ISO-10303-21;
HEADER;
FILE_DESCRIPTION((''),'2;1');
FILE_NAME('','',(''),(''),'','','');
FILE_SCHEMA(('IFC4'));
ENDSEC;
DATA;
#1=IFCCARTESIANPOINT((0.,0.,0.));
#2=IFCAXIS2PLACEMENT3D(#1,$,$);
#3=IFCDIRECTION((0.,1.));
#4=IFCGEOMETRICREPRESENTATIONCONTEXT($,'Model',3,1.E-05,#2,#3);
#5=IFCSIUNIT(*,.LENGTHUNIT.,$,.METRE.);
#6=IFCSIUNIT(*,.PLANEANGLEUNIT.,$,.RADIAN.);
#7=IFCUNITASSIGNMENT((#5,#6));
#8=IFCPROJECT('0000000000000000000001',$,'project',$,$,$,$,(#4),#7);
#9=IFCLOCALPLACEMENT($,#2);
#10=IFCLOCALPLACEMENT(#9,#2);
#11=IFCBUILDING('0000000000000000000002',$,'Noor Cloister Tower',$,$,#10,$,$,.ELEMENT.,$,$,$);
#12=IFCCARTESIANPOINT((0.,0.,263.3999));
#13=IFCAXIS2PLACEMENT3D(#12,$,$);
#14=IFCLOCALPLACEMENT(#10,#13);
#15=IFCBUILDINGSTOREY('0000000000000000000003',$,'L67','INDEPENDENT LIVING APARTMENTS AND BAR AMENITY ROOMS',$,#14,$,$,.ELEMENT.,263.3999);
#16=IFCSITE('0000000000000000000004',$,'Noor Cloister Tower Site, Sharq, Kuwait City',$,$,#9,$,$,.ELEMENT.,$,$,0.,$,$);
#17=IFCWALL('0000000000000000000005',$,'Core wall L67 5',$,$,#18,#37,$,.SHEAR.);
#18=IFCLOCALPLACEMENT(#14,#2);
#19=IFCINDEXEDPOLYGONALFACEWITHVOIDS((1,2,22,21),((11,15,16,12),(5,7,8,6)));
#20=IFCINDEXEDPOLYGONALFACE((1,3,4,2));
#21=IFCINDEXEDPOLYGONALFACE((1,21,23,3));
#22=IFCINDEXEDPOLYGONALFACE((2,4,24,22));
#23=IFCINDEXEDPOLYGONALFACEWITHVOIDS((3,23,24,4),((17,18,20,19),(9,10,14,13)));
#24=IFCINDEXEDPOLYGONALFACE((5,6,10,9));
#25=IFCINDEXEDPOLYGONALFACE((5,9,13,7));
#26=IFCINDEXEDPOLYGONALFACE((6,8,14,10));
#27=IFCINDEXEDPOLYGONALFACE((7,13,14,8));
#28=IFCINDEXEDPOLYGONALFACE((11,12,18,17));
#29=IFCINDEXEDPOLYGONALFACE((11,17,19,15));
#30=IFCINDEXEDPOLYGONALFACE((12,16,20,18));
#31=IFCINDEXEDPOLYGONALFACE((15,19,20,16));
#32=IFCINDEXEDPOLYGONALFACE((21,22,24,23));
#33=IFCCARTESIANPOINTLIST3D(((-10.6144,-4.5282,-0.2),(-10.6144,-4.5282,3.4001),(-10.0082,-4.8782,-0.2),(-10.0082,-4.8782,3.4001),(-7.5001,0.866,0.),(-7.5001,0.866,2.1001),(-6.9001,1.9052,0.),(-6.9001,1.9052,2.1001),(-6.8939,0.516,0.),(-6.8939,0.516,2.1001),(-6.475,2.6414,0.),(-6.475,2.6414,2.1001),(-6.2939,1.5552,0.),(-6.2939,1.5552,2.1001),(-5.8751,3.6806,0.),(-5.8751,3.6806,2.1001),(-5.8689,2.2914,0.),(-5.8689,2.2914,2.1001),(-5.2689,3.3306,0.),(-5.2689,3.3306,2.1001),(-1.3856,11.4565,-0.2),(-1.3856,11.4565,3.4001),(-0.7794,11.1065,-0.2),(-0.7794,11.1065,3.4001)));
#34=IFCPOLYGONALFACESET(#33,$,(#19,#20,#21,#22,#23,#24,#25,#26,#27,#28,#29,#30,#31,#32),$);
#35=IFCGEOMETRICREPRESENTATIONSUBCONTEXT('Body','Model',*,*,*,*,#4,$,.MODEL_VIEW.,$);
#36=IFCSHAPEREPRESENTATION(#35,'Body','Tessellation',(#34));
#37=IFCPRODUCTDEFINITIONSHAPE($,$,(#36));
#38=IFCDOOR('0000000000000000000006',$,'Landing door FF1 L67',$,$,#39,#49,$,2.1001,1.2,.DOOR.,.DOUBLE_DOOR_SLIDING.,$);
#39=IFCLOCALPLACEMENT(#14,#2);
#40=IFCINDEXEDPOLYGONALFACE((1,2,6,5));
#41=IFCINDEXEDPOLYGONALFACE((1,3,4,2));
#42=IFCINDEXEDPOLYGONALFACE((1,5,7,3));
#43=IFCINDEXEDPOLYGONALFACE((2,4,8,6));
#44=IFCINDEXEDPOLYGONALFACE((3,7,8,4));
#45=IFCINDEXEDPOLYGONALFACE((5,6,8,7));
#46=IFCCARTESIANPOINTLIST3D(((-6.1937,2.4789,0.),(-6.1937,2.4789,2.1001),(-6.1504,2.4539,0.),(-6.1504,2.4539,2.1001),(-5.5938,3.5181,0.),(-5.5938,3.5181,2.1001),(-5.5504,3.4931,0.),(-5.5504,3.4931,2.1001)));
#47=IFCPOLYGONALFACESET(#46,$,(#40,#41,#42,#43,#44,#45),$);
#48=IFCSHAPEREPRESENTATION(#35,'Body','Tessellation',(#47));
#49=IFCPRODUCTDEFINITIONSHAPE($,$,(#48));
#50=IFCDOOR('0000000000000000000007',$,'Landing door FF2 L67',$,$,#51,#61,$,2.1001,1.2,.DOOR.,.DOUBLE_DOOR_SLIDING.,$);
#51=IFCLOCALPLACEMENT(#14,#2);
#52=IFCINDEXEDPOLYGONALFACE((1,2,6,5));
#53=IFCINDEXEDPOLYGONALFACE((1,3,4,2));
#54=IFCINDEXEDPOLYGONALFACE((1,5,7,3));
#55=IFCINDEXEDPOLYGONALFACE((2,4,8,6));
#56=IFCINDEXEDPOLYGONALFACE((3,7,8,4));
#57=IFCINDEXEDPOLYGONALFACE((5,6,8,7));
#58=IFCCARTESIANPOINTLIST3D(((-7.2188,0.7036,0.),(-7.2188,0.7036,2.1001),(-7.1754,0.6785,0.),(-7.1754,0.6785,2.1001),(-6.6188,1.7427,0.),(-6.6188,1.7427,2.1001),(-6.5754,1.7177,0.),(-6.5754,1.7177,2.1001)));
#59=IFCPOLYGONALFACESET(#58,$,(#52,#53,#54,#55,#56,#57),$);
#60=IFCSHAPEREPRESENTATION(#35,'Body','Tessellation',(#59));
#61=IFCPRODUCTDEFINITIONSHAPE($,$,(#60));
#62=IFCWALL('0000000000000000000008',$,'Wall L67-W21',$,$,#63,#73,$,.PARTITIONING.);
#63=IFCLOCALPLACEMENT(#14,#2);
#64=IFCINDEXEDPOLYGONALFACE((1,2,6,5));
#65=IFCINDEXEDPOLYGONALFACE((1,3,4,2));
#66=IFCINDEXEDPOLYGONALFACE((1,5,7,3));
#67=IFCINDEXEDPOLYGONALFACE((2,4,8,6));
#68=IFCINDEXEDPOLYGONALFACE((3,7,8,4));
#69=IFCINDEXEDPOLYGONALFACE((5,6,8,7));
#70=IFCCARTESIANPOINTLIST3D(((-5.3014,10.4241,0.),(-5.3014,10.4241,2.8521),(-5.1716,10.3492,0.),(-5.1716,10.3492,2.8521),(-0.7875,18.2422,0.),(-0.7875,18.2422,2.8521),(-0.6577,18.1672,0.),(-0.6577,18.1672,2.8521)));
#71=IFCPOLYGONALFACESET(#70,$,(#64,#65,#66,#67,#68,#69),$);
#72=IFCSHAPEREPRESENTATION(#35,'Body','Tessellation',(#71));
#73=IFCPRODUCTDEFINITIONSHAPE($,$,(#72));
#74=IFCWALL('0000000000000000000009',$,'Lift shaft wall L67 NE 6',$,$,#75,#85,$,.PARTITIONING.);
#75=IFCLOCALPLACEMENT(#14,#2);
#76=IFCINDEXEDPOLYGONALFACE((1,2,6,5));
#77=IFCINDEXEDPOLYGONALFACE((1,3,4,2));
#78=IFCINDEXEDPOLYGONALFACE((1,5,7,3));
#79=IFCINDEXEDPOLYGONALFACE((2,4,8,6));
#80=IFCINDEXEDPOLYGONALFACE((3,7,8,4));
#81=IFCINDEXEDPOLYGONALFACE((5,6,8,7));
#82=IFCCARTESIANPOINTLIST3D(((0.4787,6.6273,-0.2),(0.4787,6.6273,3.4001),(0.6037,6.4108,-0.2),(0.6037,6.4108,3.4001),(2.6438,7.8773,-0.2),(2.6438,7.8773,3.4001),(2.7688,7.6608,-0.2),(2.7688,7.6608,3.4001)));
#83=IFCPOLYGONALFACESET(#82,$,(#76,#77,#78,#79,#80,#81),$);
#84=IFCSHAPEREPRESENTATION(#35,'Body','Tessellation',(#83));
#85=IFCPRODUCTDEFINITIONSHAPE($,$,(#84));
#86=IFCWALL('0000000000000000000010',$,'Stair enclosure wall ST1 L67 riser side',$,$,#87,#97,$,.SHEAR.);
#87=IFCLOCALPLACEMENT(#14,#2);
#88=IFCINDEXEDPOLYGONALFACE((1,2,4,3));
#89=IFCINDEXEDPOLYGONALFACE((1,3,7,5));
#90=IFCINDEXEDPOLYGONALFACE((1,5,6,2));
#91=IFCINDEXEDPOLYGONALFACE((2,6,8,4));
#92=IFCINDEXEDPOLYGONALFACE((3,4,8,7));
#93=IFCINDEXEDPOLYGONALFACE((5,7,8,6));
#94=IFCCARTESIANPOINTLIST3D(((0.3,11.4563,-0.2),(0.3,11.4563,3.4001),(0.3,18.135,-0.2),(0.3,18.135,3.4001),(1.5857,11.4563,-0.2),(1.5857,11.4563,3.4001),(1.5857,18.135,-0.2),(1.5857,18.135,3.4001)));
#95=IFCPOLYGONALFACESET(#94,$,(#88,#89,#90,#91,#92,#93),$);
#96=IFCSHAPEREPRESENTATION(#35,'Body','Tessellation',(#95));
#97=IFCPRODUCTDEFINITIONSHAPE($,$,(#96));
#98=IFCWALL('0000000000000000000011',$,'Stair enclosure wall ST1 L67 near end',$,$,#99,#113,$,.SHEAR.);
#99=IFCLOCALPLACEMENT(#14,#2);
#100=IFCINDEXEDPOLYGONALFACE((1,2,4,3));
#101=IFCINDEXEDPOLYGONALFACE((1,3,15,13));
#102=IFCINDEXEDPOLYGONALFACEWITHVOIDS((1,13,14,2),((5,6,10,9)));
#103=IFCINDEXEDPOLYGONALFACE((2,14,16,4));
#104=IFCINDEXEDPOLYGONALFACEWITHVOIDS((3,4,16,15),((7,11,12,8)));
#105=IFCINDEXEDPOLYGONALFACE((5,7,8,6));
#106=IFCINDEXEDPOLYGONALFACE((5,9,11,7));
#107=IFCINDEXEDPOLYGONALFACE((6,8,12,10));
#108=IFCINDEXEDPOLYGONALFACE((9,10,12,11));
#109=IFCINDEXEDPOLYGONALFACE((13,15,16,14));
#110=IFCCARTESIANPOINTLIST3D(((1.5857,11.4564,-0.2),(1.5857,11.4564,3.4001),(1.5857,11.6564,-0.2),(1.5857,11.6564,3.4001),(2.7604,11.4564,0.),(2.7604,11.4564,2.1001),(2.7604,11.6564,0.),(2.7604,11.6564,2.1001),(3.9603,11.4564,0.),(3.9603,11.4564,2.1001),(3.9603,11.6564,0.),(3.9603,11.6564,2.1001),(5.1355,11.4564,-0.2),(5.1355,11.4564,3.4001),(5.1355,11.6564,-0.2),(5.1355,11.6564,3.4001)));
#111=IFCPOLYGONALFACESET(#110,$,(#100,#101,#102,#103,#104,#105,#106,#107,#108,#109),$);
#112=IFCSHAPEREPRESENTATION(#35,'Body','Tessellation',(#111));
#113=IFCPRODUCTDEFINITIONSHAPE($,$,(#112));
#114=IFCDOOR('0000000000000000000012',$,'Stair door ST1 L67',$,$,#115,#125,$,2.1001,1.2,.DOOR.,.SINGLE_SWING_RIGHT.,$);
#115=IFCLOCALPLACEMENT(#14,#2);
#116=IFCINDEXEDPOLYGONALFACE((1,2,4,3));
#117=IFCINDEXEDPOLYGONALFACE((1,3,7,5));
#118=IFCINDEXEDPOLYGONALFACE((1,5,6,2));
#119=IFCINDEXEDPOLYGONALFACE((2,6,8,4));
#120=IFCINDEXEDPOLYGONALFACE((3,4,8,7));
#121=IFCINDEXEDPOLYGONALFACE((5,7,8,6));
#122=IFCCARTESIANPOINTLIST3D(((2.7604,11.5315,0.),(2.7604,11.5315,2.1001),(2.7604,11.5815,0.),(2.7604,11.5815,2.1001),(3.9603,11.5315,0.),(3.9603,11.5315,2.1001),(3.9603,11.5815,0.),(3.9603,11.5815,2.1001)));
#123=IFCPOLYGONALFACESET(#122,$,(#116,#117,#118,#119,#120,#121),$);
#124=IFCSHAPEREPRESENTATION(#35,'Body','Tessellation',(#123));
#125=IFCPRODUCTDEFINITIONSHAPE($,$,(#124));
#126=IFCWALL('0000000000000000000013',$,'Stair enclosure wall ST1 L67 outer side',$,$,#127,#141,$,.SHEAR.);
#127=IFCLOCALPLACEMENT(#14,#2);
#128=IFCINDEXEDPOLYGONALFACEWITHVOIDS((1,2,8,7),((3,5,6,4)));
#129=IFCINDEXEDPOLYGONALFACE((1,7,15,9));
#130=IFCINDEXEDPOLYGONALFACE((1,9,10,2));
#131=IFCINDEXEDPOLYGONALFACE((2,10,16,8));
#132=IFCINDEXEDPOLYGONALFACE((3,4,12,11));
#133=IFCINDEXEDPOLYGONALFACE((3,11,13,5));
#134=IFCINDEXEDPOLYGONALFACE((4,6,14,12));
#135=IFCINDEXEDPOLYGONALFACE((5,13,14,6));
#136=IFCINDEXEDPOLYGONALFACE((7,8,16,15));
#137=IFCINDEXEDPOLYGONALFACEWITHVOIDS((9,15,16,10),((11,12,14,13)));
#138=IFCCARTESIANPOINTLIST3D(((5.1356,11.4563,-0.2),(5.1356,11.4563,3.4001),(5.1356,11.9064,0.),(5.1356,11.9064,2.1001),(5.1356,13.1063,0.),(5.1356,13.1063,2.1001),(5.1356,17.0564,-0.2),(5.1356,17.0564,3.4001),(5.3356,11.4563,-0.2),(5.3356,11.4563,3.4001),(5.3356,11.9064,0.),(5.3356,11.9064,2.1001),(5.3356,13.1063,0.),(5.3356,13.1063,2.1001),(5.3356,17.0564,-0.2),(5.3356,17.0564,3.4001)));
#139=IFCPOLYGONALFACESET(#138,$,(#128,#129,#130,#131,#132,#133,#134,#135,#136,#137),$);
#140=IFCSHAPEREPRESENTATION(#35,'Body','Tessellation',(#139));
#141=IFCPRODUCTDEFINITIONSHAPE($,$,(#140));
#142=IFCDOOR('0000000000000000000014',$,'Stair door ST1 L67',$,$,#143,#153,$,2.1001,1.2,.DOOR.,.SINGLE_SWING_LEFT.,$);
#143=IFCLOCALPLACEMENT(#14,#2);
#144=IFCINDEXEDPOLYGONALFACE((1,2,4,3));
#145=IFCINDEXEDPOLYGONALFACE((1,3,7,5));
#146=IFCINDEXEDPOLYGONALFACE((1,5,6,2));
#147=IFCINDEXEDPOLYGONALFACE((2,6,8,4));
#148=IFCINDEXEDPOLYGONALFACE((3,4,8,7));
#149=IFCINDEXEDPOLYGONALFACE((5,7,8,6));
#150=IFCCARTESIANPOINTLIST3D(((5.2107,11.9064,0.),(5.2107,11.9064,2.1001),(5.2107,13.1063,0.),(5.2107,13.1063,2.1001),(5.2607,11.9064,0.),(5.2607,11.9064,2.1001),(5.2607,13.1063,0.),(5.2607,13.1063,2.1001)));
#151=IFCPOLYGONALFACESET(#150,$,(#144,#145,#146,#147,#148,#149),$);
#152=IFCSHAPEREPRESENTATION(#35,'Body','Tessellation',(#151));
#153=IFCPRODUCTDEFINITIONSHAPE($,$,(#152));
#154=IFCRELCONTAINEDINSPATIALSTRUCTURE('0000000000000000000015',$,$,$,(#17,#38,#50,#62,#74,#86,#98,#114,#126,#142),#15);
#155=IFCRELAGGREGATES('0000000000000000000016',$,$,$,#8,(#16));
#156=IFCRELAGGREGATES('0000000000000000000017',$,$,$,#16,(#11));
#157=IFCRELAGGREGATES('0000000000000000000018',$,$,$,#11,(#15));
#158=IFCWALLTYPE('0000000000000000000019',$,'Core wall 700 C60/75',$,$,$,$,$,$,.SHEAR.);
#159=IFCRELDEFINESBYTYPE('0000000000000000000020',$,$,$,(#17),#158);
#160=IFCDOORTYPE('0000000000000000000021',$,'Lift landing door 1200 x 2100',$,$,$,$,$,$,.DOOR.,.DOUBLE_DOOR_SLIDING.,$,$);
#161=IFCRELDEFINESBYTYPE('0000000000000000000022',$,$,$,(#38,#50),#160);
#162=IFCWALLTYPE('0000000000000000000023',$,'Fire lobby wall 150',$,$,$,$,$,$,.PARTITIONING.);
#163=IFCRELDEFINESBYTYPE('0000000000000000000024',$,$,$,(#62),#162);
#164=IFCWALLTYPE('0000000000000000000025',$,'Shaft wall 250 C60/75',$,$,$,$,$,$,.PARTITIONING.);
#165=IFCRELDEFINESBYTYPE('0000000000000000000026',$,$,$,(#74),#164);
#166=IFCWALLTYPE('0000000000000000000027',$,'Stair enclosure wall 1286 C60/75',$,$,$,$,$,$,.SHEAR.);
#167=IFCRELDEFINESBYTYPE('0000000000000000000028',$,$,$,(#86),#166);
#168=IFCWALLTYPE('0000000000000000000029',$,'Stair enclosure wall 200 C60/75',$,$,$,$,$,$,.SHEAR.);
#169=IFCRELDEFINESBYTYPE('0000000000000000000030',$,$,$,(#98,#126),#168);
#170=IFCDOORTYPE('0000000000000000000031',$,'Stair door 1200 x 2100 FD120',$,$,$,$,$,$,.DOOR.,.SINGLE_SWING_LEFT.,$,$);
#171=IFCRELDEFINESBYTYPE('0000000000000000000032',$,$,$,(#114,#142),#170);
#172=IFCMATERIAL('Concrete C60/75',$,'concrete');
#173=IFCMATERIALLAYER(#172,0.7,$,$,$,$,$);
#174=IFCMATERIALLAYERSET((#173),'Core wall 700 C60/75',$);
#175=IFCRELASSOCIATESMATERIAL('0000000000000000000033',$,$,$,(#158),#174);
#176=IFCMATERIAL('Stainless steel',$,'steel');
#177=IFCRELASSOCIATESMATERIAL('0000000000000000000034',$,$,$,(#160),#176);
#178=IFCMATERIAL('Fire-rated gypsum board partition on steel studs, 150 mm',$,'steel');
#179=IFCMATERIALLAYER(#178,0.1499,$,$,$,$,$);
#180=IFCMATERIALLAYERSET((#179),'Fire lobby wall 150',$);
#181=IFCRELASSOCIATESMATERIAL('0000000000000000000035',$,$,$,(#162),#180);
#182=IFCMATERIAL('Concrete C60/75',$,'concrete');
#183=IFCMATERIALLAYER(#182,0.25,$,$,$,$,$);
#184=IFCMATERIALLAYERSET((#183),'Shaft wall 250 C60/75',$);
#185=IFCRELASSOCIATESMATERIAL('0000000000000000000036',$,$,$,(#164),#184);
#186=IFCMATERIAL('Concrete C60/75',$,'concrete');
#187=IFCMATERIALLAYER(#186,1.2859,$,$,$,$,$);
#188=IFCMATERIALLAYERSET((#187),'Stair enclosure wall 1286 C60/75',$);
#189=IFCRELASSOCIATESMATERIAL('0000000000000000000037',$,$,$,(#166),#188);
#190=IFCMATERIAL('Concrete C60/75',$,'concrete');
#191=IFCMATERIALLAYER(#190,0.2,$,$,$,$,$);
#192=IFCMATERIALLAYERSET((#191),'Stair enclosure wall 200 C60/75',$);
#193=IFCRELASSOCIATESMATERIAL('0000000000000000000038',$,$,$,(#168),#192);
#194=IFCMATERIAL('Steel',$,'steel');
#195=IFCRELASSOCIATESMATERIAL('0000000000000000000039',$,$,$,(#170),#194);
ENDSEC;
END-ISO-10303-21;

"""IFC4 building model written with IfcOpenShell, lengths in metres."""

from ifc_helpers import new_model, si_unit, direction, frame, frame_2d, origin, place, context, subcontext, project, spatial, rectangle, extrude, material, layer, layer_set, type_object, element, fill, save


model = new_model("IFC4")

# Units and contexts
model_context = context("Model", 3, precision=1e-05, world=origin(), true_north=direction((0.0, 1.0)))
body_context = subcontext(model_context, "Body", "Model", "MODEL_VIEW")
ifc_project = project(units=[si_unit("LENGTHUNIT", "METRE"), si_unit("PLANEANGLEUNIT", "RADIAN")], contexts=[model_context])

# Site, building, storey
site_placement = place(None, origin())
site = spatial("IfcSite", under=ifc_project, at=site_placement, Name="Noor Cloister Tower Site, Sharq, Kuwait City", CompositionType="ELEMENT", RefElevation=0.0)
building_placement = place(site_placement, origin())
building = spatial("IfcBuilding", under=site, at=building_placement, Name="Noor Cloister Tower", CompositionType="ELEMENT")
storey_placement = place(building_placement, frame((0.0, 0.0, 263.3999)))
storey = spatial("IfcBuildingStorey", under=building, at=storey_placement, Name="L67", Description="INDEPENDENT LIVING APARTMENTS AND BAR AMENITY ROOMS", CompositionType="ELEMENT", Elevation=263.3999)

# Shared definitions
ifc_material_1 = material(Name="Concrete C60/75", Category="concrete")
ifc_layer_1 = layer(ifc_material_1, 0.7)
ifc_layer_set_1 = layer_set([ifc_layer_1], Name="Core wall 700 C60/75")
wall_type_1 = type_object("IfcWallType", Name="Core wall 700 C60/75", PredefinedType="SHEAR", material=ifc_layer_set_1)

# Wall, openings, doors
wall_1_placement = place(storey_placement, frame((-1.0825, 11.2815, -0.2), z_axis=(0.0, 0.0, 1.0), x_axis=(-0.500001, -0.866025, 0.0)))
wall_1 = element("IfcWall", 1, at=wall_1_placement, inside=storey, type_object=wall_type_1, Name="Core wall L67 5", PredefinedType="SHEAR", context=body_context, shape_type="SweptSolid", body=[
    extrude(rectangle(XDim=18.4575, YDim=0.7, at=frame_2d((9.2288, 0.0))), origin(), (0.0, 0.0, 1.0), 3.6001),
])
opening_1_placement = place(wall_1_placement, frame((8.9788, 0.0, 0.2)))
opening_1 = element("IfcOpeningElement", 2, at=opening_1_placement, cuts=wall_1, PredefinedType="OPENING", context=body_context, shape_type="SweptSolid", body=[
    extrude(rectangle(XDim=1.2, YDim=2.1001, at=frame_2d((0.6001, 1.05))), frame((0.0, 0.3599, 0.0), z_axis=(0.0, -1.0, 0.0), x_axis=(1.0, 0.0, 0.0)), (0.0, 0.0, 1.0), 0.72),
])
opening_2_placement = place(wall_1_placement, frame((11.0288, 0.0, 0.2)))
opening_2 = element("IfcOpeningElement", 3, at=opening_2_placement, cuts=wall_1, PredefinedType="OPENING", context=body_context, shape_type="SweptSolid", body=[
    extrude(rectangle(XDim=1.2, YDim=2.1001, at=frame_2d((0.6001, 1.05))), frame((0.0, 0.3599, 0.0), z_axis=(0.0, -1.0, 0.0), x_axis=(1.0, 0.0, 0.0)), (0.0, 0.0, 1.0), 0.72),
])
ifc_material_2 = material(Name="Stainless steel", Category="steel")
door_type_1 = type_object("IfcDoorType", Name="Lift landing door 1200 x 2100", OperationType="DOUBLE_DOOR_SLIDING", PredefinedType="DOOR", material=ifc_material_2)
door_1_placement = place(opening_1_placement, origin())
door_1 = element("IfcDoor", 4, at=door_1_placement, inside=storey, type_object=door_type_1, Name="Landing door FF1 L67", OperationType="DOUBLE_DOOR_SLIDING", OverallHeight=2.1001, OverallWidth=1.2, PredefinedType="DOOR", context=body_context, shape_type="SweptSolid", body=[
    extrude(rectangle(XDim=1.2, YDim=2.1001, at=frame_2d((0.6001, 1.05))), frame((0.0, 0.0249, 0.0), z_axis=(0.0, -1.0, 0.0), x_axis=(1.0, 0.0, 0.0)), (0.0, 0.0, 1.0), 0.05),
])
fill(opening_1, door_1)
door_2_placement = place(opening_2_placement, origin())
door_2 = element("IfcDoor", 5, at=door_2_placement, inside=storey, type_object=door_type_1, Name="Landing door FF2 L67", OperationType="DOUBLE_DOOR_SLIDING", OverallHeight=2.1001, OverallWidth=1.2, PredefinedType="DOOR", context=body_context, shape_type="SweptSolid", body=[
    extrude(rectangle(XDim=1.2, YDim=2.1001, at=frame_2d((0.6001, 1.05))), frame((0.0, 0.0249, 0.0), z_axis=(0.0, -1.0, 0.0), x_axis=(1.0, 0.0, 0.0)), (0.0, 0.0, 1.0), 0.05),
])
fill(opening_2, door_2)

# Walls
ifc_material_3 = material(Name="Fire-rated gypsum board partition on steel studs, 150 mm", Category="steel")
ifc_layer_2 = layer(ifc_material_3, 0.1499)
ifc_layer_set_2 = layer_set([ifc_layer_2], Name="Fire lobby wall 150")
wall_type_2 = type_object("IfcWallType", Name="Fire lobby wall 150", PredefinedType="PARTITIONING", material=ifc_layer_set_2)
wall_2_placement = place(storey_placement, frame((-0.7227, 18.2046, 0.0), z_axis=(0.0, 0.0, 1.0), x_axis=(-0.50001, -0.866019, 0.0)))
element("IfcWall", 6, at=wall_2_placement, inside=storey, type_object=wall_type_2, Name="Wall L67-W21", PredefinedType="PARTITIONING", context=body_context, shape_type="SweptSolid", body=[
    extrude(rectangle(XDim=9.0276, YDim=0.1499, at=frame_2d((4.5137, 0.0))), origin(), (0.0, 0.0, 1.0), 2.8521),
])
ifc_material_4 = material(Name="Concrete C60/75", Category="concrete")
ifc_layer_3 = layer(ifc_material_4, 0.25)
ifc_layer_set_3 = layer_set([ifc_layer_3], Name="Shaft wall 250 C60/75")
wall_type_3 = type_object("IfcWallType", Name="Shaft wall 250 C60/75", PredefinedType="PARTITIONING", material=ifc_layer_set_3)
wall_3_placement = place(storey_placement, frame((2.7063, 7.769, -0.2), z_axis=(0.0, 0.0, 1.0), x_axis=(-0.866023, -0.500004, 0.0)))
element("IfcWall", 7, at=wall_3_placement, inside=storey, type_object=wall_type_3, Name="Lift shaft wall L67 NE 6", PredefinedType="PARTITIONING", context=body_context, shape_type="SweptSolid", body=[
    extrude(rectangle(XDim=2.5, YDim=0.25, at=frame_2d((1.25, 0.0))), origin(), (0.0, 0.0, 1.0), 3.6001),
])
ifc_material_5 = material(Name="Concrete C60/75", Category="concrete")
ifc_layer_4 = layer(ifc_material_5, 1.2859)
ifc_layer_set_4 = layer_set([ifc_layer_4], Name="Stair enclosure wall 1286 C60/75")
wall_type_4 = type_object("IfcWallType", Name="Stair enclosure wall 1286 C60/75", PredefinedType="SHEAR", material=ifc_layer_set_4)
wall_4_placement = place(storey_placement, frame((0.9429, 11.4563, -0.2), z_axis=(0.0, 0.0, 1.0), x_axis=(0.0, 1.0, 0.0)))
element("IfcWall", 8, at=wall_4_placement, inside=storey, type_object=wall_type_4, Name="Stair enclosure wall ST1 L67 riser side", PredefinedType="SHEAR", context=body_context, shape_type="SweptSolid", body=[
    extrude(rectangle(XDim=6.6787, YDim=1.2856, at=frame_2d((3.3394, 0.0))), origin(), (0.0, 0.0, 1.0), 3.6001),
])

# Walls, openings, doors
ifc_material_6 = material(Name="Concrete C60/75", Category="concrete")
ifc_layer_5 = layer(ifc_material_6, 0.2)
ifc_layer_set_5 = layer_set([ifc_layer_5], Name="Stair enclosure wall 200 C60/75")
wall_type_5 = type_object("IfcWallType", Name="Stair enclosure wall 200 C60/75", PredefinedType="SHEAR", material=ifc_layer_set_5)
wall_5_placement = place(storey_placement, frame((5.1355, 11.5564, -0.2), z_axis=(0.0, 0.0, 1.0), x_axis=(-1.0, 0.0, 0.0)))
wall_5 = element("IfcWall", 9, at=wall_5_placement, inside=storey, type_object=wall_type_5, Name="Stair enclosure wall ST1 L67 near end", PredefinedType="SHEAR", context=body_context, shape_type="SweptSolid", body=[
    extrude(rectangle(XDim=3.5498, YDim=0.2, at=frame_2d((1.7749, 0.0))), origin(), (0.0, 0.0, 1.0), 3.6001),
])
opening_3_placement = place(wall_5_placement, frame((1.175, 0.0, 0.2)))
opening_3 = element("IfcOpeningElement", 10, at=opening_3_placement, cuts=wall_5, PredefinedType="OPENING", context=body_context, shape_type="SweptSolid", body=[
    extrude(rectangle(XDim=1.2, YDim=2.1001, at=frame_2d((0.6001, 1.05))), frame((0.0, 0.1099, 0.0), z_axis=(0.0, -1.0, 0.0), x_axis=(1.0, 0.0, 0.0)), (0.0, 0.0, 1.0), 0.22),
])
ifc_material_7 = material(Name="Steel", Category="steel")
door_type_2 = type_object("IfcDoorType", Name="Stair door 1200 x 2100 FD120", OperationType="SINGLE_SWING_LEFT", PredefinedType="DOOR", material=ifc_material_7)
door_3_placement = place(opening_3_placement, origin())
door_3 = element("IfcDoor", 11, at=door_3_placement, inside=storey, type_object=door_type_2, Name="Stair door ST1 L67", OperationType="SINGLE_SWING_RIGHT", OverallHeight=2.1001, OverallWidth=1.2, PredefinedType="DOOR", context=body_context, shape_type="SweptSolid", body=[
    extrude(rectangle(XDim=1.2, YDim=2.1001, at=frame_2d((0.6001, 1.05))), frame((0.0, 0.0249, 0.0), z_axis=(0.0, -1.0, 0.0), x_axis=(1.0, 0.0, 0.0)), (0.0, 0.0, 1.0), 0.05),
])
fill(opening_3, door_3)
wall_6_placement = place(storey_placement, frame((5.2356, 11.4563, -0.2), z_axis=(0.0, 0.0, 1.0), x_axis=(0.0, 1.0, 0.0)))
wall_6 = element("IfcWall", 12, at=wall_6_placement, inside=storey, type_object=wall_type_5, Name="Stair enclosure wall ST1 L67 outer side", PredefinedType="SHEAR", context=body_context, shape_type="SweptSolid", body=[
    extrude(rectangle(XDim=5.6001, YDim=0.2, at=frame_2d((2.8, 0.0))), origin(), (0.0, 0.0, 1.0), 3.6001),
])
opening_4_placement = place(wall_6_placement, frame((0.45, 0.0, 0.2)))
opening_4 = element("IfcOpeningElement", 13, at=opening_4_placement, cuts=wall_6, PredefinedType="OPENING", context=body_context, shape_type="SweptSolid", body=[
    extrude(rectangle(XDim=1.2, YDim=2.1001, at=frame_2d((0.6001, 1.05))), frame((0.0, 0.1099, 0.0), z_axis=(0.0, -1.0, 0.0), x_axis=(1.0, 0.0, 0.0)), (0.0, 0.0, 1.0), 0.22),
])
door_4_placement = place(opening_4_placement, origin())
door_4 = element("IfcDoor", 14, at=door_4_placement, inside=storey, type_object=door_type_2, Name="Stair door ST1 L67", OperationType="SINGLE_SWING_LEFT", OverallHeight=2.1001, OverallWidth=1.2, PredefinedType="DOOR", context=body_context, shape_type="SweptSolid", body=[
    extrude(rectangle(XDim=1.2, YDim=2.1001, at=frame_2d((0.6001, 1.05))), frame((0.0, 0.0249, 0.0), z_axis=(0.0, -1.0, 0.0), x_axis=(1.0, 0.0, 0.0)), (0.0, 0.0, 1.0), 0.05),
])
fill(opening_4, door_4)

save(model, "model.ifc")
